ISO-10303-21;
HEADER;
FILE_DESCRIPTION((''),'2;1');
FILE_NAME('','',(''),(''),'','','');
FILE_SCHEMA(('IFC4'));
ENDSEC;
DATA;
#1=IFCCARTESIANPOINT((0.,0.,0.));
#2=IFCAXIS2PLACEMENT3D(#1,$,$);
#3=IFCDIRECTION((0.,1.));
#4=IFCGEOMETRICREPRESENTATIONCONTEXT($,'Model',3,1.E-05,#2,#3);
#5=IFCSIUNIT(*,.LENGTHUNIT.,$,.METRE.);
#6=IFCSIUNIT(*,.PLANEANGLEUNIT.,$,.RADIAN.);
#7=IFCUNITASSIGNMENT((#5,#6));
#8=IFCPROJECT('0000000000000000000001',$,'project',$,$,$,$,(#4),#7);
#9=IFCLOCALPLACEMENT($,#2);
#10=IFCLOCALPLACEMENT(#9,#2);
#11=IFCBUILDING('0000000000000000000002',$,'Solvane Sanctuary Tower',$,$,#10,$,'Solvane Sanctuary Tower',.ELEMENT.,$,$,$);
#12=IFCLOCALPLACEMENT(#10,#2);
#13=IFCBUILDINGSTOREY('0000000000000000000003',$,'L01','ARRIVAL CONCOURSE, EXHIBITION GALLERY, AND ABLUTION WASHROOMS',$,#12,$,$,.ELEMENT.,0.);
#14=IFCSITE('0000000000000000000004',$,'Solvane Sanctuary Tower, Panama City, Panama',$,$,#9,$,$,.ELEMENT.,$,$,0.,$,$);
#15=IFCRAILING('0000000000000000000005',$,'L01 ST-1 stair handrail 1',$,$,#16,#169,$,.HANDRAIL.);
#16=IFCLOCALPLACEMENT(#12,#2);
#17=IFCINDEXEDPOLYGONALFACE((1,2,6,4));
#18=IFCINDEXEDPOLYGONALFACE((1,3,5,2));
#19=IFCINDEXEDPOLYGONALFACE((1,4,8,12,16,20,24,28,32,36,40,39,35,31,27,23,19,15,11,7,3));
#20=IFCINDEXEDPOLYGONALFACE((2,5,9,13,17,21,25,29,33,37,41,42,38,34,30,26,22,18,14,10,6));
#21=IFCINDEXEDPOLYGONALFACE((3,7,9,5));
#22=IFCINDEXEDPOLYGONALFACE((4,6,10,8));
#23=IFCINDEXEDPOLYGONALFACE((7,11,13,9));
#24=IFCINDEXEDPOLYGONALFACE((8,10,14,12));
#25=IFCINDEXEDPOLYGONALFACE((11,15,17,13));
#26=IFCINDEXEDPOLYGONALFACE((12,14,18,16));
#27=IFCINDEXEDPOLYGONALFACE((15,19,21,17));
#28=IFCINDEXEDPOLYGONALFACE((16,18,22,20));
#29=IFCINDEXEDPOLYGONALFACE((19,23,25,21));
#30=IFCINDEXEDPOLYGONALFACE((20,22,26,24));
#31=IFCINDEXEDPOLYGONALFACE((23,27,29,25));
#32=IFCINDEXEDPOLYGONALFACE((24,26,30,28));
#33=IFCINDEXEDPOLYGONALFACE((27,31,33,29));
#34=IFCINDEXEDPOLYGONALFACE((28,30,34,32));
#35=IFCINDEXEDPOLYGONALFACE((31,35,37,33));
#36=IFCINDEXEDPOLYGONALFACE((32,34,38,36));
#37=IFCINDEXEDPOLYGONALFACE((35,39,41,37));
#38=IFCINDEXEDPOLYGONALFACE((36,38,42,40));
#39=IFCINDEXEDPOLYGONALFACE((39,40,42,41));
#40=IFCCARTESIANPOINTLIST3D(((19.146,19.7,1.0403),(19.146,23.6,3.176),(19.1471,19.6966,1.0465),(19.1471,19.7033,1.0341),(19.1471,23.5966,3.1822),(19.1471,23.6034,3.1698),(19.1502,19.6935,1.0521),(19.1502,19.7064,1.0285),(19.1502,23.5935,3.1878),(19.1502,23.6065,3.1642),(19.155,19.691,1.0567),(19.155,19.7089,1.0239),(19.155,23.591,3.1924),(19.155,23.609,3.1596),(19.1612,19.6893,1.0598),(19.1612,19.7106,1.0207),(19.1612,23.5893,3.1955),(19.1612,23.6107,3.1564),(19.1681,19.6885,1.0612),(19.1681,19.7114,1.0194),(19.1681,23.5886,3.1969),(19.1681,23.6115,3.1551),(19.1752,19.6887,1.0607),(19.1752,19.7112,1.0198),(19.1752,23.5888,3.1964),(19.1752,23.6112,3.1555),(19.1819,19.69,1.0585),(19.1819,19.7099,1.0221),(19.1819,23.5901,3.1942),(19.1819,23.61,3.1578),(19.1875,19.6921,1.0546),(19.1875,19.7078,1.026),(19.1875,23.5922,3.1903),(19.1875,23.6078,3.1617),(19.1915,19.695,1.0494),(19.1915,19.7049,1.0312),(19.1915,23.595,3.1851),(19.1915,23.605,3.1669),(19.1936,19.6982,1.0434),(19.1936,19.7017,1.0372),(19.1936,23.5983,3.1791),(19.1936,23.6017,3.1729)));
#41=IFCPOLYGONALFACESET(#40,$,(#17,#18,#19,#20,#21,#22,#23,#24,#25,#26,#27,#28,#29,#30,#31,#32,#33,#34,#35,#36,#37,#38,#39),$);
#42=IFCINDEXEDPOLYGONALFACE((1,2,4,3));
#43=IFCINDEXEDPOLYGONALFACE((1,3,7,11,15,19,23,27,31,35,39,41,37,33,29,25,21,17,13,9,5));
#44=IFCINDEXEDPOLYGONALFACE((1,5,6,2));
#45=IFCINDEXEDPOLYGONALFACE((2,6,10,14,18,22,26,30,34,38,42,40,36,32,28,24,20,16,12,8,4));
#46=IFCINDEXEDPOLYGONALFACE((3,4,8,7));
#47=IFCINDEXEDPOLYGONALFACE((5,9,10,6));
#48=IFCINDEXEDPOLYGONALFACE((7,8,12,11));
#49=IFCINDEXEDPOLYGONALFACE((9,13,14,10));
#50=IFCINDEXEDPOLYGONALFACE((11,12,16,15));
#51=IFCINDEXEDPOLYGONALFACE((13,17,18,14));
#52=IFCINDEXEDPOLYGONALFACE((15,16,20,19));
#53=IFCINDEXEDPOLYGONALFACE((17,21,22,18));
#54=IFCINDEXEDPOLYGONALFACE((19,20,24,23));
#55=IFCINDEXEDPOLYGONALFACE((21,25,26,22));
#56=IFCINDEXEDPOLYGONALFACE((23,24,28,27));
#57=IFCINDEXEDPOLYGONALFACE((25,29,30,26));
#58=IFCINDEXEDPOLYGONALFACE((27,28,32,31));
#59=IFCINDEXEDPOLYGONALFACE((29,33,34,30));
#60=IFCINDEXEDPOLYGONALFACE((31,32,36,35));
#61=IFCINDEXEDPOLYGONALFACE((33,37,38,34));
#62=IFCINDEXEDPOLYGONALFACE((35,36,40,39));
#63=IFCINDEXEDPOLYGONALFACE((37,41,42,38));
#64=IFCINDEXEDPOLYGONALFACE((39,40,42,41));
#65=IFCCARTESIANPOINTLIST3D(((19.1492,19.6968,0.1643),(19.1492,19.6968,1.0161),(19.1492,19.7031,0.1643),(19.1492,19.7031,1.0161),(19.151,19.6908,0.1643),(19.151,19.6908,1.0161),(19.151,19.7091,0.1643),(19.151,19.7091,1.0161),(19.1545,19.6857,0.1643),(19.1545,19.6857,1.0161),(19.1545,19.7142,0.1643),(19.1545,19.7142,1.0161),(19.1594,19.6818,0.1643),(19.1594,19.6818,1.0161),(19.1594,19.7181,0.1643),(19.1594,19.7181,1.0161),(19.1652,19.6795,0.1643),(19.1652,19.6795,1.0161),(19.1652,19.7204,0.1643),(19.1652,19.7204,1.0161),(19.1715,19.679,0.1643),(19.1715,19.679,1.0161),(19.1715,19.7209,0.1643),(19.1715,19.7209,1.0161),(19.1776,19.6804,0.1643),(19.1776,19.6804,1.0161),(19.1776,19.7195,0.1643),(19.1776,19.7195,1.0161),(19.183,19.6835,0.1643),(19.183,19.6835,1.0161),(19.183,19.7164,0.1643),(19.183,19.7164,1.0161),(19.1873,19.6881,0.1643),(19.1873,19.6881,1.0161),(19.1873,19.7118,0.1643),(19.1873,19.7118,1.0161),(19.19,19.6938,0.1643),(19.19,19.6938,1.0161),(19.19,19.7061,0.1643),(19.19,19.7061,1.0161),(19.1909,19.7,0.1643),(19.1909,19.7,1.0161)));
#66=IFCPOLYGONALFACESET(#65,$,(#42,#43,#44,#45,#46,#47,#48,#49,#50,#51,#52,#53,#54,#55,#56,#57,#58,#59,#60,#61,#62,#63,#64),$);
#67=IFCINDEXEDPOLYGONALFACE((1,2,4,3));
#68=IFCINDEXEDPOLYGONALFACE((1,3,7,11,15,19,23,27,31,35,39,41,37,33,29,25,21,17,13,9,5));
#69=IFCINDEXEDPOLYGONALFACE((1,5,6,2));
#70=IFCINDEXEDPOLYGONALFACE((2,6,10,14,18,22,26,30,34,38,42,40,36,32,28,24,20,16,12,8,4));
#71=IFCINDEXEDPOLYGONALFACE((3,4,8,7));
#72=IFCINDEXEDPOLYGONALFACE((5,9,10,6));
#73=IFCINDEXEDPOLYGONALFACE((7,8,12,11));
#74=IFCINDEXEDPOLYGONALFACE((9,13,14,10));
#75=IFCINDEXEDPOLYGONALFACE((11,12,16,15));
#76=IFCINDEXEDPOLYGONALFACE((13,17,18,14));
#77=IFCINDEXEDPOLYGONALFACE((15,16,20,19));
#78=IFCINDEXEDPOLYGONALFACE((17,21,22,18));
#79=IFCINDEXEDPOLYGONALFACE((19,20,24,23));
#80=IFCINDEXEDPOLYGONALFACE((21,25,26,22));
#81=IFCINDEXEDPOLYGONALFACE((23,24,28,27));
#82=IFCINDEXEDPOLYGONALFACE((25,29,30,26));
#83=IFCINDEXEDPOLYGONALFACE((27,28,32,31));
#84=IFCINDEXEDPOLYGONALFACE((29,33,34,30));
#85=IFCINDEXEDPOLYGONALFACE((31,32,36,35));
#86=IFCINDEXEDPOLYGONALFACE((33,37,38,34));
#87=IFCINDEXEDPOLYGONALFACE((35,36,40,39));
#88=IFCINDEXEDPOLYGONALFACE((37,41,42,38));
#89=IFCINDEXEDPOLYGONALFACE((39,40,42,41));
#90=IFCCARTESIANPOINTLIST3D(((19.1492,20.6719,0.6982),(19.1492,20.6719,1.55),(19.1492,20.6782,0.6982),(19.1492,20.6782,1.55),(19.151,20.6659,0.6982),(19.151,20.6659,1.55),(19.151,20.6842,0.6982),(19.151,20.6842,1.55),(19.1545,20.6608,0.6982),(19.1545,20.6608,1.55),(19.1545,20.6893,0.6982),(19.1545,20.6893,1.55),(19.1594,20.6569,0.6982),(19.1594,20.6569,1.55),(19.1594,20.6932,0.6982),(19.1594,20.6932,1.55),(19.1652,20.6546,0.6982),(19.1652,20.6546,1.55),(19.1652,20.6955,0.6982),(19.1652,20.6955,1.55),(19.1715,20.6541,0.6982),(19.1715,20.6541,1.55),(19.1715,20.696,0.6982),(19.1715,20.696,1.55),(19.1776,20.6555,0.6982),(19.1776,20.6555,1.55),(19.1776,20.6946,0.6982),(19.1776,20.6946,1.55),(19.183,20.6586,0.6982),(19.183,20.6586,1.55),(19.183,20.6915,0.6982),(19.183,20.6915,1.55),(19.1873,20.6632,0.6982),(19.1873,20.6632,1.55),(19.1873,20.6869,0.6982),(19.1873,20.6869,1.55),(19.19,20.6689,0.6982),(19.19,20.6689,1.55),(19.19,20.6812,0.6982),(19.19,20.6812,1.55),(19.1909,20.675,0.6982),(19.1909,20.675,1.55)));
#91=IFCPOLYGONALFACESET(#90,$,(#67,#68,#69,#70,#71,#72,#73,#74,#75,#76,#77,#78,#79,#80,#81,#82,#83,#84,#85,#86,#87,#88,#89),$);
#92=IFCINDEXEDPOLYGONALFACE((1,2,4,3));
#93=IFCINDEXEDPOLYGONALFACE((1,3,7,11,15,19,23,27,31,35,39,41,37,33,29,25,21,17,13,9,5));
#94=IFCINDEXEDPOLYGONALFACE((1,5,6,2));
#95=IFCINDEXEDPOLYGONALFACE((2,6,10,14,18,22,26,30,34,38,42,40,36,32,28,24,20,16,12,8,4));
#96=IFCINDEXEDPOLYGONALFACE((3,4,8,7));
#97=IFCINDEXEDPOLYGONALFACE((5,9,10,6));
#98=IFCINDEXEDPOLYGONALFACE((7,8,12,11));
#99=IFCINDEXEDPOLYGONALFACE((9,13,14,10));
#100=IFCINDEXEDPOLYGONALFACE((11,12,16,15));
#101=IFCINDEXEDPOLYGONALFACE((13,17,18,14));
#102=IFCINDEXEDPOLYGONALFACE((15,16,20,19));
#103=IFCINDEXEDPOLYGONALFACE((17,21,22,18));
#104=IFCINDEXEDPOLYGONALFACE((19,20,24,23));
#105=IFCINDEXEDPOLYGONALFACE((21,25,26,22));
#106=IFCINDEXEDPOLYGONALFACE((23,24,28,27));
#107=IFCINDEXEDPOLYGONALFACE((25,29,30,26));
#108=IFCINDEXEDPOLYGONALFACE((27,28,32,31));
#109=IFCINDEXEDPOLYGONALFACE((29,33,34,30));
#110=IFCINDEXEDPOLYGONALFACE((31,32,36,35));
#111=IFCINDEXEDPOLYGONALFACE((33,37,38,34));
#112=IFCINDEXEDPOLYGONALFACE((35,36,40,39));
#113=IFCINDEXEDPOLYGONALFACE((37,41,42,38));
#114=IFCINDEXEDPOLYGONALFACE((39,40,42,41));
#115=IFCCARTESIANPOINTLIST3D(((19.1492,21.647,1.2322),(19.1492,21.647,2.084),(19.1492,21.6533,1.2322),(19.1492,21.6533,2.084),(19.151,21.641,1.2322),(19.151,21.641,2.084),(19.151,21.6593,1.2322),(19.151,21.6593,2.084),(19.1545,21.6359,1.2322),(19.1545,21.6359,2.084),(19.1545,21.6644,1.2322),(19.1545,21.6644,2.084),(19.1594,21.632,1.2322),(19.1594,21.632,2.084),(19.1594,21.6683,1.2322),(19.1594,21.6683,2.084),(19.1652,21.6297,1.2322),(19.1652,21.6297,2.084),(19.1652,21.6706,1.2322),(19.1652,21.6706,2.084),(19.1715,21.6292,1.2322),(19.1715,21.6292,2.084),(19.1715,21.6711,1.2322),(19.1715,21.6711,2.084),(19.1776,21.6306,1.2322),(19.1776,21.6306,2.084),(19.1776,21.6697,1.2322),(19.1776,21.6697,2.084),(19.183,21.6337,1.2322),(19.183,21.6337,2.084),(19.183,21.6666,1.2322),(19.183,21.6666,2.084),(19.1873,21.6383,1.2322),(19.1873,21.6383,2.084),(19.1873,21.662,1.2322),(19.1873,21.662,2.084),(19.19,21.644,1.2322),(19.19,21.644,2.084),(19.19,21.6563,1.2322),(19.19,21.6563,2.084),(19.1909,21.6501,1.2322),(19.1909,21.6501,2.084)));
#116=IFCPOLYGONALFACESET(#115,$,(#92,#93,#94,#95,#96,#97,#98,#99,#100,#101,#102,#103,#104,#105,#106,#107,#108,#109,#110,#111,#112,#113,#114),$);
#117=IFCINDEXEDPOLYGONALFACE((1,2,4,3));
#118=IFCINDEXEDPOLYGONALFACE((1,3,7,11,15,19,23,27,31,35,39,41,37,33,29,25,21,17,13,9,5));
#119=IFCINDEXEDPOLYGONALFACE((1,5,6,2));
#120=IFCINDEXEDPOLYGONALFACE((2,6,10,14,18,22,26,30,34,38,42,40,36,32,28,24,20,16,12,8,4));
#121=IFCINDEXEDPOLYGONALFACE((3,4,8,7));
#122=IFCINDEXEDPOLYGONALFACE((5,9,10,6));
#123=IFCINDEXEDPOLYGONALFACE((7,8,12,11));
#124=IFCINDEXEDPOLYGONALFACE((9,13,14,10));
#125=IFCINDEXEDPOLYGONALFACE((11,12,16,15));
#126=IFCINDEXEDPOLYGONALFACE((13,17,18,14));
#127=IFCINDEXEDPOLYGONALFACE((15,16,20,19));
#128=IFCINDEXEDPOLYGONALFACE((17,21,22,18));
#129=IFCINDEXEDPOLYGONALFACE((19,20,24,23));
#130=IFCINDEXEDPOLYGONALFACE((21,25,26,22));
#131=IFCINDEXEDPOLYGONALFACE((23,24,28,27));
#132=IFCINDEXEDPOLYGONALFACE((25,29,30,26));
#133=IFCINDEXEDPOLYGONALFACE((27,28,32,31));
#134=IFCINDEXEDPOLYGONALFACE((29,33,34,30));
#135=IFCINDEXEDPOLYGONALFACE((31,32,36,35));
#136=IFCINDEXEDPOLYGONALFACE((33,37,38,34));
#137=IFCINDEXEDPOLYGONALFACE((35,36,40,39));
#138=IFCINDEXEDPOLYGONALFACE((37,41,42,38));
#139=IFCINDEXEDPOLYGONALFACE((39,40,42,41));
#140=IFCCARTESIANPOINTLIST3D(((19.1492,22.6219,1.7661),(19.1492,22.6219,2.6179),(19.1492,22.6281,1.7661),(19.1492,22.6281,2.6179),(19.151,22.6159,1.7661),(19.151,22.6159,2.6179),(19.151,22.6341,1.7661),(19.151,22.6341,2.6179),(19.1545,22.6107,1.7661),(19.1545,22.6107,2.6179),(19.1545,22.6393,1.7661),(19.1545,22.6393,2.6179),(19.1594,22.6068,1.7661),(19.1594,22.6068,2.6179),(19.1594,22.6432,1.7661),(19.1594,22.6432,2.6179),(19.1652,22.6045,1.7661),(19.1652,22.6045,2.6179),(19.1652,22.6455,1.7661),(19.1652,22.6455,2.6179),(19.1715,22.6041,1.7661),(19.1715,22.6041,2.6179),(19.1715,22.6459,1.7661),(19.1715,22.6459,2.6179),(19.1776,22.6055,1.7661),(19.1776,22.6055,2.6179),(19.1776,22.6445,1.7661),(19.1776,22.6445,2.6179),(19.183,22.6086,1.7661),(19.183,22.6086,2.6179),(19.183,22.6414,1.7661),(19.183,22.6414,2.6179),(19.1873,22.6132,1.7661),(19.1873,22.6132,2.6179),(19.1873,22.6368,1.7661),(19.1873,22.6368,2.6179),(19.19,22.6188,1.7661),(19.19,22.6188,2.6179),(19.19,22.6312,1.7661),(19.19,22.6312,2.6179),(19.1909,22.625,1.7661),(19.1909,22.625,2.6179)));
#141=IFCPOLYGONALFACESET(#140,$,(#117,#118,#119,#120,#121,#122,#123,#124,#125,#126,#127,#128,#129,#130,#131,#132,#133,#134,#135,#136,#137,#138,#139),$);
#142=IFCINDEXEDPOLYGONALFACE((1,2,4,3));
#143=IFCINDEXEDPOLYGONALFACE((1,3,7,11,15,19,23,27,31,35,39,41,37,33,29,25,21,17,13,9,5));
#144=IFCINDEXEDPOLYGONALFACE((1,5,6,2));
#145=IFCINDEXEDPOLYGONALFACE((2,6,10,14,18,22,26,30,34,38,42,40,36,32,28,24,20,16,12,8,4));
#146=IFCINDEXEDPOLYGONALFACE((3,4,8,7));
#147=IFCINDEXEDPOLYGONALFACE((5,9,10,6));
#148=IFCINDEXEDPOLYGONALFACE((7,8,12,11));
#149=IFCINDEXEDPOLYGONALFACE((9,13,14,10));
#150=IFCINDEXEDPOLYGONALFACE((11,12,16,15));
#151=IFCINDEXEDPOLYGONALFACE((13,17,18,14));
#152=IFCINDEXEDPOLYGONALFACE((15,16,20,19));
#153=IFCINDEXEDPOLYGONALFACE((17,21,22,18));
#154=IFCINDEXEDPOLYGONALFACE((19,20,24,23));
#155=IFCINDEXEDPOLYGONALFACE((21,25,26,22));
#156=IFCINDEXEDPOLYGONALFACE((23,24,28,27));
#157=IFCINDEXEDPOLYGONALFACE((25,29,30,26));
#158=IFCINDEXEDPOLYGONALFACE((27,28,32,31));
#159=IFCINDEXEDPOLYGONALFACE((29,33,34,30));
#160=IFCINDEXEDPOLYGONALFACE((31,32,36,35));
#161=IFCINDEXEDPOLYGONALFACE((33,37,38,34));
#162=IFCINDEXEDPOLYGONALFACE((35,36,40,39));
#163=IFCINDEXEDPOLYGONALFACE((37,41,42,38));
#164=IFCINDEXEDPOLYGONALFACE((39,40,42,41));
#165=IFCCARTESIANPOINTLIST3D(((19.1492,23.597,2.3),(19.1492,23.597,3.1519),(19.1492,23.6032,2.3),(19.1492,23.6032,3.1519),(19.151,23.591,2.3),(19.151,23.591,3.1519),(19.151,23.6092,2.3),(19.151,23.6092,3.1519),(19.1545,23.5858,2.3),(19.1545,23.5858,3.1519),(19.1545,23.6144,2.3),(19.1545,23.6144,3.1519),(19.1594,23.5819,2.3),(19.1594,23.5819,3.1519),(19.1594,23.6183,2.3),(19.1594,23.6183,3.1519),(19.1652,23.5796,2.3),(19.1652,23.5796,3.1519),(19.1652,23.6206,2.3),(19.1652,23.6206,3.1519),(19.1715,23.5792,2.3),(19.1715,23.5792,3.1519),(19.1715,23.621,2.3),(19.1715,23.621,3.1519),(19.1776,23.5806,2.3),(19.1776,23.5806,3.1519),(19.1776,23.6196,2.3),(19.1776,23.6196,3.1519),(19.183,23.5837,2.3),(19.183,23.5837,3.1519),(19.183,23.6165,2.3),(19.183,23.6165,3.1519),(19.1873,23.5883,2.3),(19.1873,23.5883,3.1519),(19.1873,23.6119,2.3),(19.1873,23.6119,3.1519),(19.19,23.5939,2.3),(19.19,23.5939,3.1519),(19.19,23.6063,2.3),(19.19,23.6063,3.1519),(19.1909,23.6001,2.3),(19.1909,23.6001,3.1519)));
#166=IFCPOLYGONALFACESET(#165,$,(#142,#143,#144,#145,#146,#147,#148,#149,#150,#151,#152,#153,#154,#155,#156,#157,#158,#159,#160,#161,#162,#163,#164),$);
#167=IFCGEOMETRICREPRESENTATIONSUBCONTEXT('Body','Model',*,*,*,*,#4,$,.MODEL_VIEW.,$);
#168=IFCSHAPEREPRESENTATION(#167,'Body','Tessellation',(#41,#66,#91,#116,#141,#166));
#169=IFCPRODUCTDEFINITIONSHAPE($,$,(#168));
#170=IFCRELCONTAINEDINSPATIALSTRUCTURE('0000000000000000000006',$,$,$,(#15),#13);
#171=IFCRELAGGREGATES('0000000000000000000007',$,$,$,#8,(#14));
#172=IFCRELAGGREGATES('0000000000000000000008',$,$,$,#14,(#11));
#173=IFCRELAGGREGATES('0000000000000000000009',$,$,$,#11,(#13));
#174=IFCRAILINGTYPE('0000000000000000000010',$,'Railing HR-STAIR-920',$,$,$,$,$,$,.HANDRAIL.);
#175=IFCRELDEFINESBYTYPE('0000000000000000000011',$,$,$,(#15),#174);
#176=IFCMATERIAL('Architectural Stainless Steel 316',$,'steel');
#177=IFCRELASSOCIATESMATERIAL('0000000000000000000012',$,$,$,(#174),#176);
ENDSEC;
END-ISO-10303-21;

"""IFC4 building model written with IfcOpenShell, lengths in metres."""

from ifc_helpers import new_model, si_unit, direction, frame, origin, origin_2d, place, context, subcontext, project, spatial, circle, extrude, material, type_object, element, save


model = new_model("IFC4")

# Units and contexts
model_context = context("Model", 3, precision=1e-05, world=origin(), true_north=direction((0.0, 1.0)))
body_context = subcontext(model_context, "Body", "Model", "MODEL_VIEW")
ifc_project = project(units=[si_unit("LENGTHUNIT", "METRE"), si_unit("PLANEANGLEUNIT", "RADIAN")], contexts=[model_context])

# Site, building, storey
site_placement = place(None, origin())
site = spatial("IfcSite", under=ifc_project, at=site_placement, Name="Solvane Sanctuary Tower, Panama City, Panama", CompositionType="ELEMENT", RefElevation=0.0)
building_placement = place(site_placement, origin())
building = spatial("IfcBuilding", under=site, at=building_placement, Name="Solvane Sanctuary Tower", LongName="Solvane Sanctuary Tower", CompositionType="ELEMENT")
storey_placement = place(building_placement, origin())
storey = spatial("IfcBuildingStorey", under=building, at=storey_placement, Name="L01", Description="ARRIVAL CONCOURSE, EXHIBITION GALLERY, AND ABLUTION WASHROOMS", CompositionType="ELEMENT", Elevation=0.0)

# Shared definitions
ifc_material_1 = material(Name="Architectural Stainless Steel 316", Category="steel")

# Railing
railing_type_1 = type_object("IfcRailingType", Name="Railing HR-STAIR-920", PredefinedType="HANDRAIL", material=ifc_material_1)
railing_1_placement = place(storey_placement, frame((19.1699, 19.7, 0.1643)))
element("IfcRailing", 1, at=railing_1_placement, inside=storey, type_object=railing_type_1, Name="L01 ST-1 stair handrail 1", PredefinedType="HANDRAIL", context=body_context, shape_type="SweptSolid", body=[
    extrude(circle(Radius=0.0239, at=origin_2d()), frame((0.0, 0.0, 0.876), z_axis=(0.0, 0.877101, 0.480306), x_axis=(-1.0, 0.0, 0.0)), (0.0, 0.0, 1.0), 4.4465),
    extrude(circle(Radius=0.021, at=origin_2d()), origin(), (0.0, 0.0, 1.0), 0.8518),
    extrude(circle(Radius=0.021, at=origin_2d()), frame((0.0, 0.9751, 0.5339)), (0.0, 0.0, 1.0), 0.8518),
    extrude(circle(Radius=0.021, at=origin_2d()), frame((0.0, 1.9502, 1.0679)), (0.0, 0.0, 1.0), 0.8518),
    extrude(circle(Radius=0.021, at=origin_2d()), frame((0.0, 2.925, 1.6018)), (0.0, 0.0, 1.0), 0.8518),
    extrude(circle(Radius=0.021, at=origin_2d()), frame((0.0, 3.9001, 2.1357)), (0.0, 0.0, 1.0), 0.8518),
])

save(model, "model.ifc")
